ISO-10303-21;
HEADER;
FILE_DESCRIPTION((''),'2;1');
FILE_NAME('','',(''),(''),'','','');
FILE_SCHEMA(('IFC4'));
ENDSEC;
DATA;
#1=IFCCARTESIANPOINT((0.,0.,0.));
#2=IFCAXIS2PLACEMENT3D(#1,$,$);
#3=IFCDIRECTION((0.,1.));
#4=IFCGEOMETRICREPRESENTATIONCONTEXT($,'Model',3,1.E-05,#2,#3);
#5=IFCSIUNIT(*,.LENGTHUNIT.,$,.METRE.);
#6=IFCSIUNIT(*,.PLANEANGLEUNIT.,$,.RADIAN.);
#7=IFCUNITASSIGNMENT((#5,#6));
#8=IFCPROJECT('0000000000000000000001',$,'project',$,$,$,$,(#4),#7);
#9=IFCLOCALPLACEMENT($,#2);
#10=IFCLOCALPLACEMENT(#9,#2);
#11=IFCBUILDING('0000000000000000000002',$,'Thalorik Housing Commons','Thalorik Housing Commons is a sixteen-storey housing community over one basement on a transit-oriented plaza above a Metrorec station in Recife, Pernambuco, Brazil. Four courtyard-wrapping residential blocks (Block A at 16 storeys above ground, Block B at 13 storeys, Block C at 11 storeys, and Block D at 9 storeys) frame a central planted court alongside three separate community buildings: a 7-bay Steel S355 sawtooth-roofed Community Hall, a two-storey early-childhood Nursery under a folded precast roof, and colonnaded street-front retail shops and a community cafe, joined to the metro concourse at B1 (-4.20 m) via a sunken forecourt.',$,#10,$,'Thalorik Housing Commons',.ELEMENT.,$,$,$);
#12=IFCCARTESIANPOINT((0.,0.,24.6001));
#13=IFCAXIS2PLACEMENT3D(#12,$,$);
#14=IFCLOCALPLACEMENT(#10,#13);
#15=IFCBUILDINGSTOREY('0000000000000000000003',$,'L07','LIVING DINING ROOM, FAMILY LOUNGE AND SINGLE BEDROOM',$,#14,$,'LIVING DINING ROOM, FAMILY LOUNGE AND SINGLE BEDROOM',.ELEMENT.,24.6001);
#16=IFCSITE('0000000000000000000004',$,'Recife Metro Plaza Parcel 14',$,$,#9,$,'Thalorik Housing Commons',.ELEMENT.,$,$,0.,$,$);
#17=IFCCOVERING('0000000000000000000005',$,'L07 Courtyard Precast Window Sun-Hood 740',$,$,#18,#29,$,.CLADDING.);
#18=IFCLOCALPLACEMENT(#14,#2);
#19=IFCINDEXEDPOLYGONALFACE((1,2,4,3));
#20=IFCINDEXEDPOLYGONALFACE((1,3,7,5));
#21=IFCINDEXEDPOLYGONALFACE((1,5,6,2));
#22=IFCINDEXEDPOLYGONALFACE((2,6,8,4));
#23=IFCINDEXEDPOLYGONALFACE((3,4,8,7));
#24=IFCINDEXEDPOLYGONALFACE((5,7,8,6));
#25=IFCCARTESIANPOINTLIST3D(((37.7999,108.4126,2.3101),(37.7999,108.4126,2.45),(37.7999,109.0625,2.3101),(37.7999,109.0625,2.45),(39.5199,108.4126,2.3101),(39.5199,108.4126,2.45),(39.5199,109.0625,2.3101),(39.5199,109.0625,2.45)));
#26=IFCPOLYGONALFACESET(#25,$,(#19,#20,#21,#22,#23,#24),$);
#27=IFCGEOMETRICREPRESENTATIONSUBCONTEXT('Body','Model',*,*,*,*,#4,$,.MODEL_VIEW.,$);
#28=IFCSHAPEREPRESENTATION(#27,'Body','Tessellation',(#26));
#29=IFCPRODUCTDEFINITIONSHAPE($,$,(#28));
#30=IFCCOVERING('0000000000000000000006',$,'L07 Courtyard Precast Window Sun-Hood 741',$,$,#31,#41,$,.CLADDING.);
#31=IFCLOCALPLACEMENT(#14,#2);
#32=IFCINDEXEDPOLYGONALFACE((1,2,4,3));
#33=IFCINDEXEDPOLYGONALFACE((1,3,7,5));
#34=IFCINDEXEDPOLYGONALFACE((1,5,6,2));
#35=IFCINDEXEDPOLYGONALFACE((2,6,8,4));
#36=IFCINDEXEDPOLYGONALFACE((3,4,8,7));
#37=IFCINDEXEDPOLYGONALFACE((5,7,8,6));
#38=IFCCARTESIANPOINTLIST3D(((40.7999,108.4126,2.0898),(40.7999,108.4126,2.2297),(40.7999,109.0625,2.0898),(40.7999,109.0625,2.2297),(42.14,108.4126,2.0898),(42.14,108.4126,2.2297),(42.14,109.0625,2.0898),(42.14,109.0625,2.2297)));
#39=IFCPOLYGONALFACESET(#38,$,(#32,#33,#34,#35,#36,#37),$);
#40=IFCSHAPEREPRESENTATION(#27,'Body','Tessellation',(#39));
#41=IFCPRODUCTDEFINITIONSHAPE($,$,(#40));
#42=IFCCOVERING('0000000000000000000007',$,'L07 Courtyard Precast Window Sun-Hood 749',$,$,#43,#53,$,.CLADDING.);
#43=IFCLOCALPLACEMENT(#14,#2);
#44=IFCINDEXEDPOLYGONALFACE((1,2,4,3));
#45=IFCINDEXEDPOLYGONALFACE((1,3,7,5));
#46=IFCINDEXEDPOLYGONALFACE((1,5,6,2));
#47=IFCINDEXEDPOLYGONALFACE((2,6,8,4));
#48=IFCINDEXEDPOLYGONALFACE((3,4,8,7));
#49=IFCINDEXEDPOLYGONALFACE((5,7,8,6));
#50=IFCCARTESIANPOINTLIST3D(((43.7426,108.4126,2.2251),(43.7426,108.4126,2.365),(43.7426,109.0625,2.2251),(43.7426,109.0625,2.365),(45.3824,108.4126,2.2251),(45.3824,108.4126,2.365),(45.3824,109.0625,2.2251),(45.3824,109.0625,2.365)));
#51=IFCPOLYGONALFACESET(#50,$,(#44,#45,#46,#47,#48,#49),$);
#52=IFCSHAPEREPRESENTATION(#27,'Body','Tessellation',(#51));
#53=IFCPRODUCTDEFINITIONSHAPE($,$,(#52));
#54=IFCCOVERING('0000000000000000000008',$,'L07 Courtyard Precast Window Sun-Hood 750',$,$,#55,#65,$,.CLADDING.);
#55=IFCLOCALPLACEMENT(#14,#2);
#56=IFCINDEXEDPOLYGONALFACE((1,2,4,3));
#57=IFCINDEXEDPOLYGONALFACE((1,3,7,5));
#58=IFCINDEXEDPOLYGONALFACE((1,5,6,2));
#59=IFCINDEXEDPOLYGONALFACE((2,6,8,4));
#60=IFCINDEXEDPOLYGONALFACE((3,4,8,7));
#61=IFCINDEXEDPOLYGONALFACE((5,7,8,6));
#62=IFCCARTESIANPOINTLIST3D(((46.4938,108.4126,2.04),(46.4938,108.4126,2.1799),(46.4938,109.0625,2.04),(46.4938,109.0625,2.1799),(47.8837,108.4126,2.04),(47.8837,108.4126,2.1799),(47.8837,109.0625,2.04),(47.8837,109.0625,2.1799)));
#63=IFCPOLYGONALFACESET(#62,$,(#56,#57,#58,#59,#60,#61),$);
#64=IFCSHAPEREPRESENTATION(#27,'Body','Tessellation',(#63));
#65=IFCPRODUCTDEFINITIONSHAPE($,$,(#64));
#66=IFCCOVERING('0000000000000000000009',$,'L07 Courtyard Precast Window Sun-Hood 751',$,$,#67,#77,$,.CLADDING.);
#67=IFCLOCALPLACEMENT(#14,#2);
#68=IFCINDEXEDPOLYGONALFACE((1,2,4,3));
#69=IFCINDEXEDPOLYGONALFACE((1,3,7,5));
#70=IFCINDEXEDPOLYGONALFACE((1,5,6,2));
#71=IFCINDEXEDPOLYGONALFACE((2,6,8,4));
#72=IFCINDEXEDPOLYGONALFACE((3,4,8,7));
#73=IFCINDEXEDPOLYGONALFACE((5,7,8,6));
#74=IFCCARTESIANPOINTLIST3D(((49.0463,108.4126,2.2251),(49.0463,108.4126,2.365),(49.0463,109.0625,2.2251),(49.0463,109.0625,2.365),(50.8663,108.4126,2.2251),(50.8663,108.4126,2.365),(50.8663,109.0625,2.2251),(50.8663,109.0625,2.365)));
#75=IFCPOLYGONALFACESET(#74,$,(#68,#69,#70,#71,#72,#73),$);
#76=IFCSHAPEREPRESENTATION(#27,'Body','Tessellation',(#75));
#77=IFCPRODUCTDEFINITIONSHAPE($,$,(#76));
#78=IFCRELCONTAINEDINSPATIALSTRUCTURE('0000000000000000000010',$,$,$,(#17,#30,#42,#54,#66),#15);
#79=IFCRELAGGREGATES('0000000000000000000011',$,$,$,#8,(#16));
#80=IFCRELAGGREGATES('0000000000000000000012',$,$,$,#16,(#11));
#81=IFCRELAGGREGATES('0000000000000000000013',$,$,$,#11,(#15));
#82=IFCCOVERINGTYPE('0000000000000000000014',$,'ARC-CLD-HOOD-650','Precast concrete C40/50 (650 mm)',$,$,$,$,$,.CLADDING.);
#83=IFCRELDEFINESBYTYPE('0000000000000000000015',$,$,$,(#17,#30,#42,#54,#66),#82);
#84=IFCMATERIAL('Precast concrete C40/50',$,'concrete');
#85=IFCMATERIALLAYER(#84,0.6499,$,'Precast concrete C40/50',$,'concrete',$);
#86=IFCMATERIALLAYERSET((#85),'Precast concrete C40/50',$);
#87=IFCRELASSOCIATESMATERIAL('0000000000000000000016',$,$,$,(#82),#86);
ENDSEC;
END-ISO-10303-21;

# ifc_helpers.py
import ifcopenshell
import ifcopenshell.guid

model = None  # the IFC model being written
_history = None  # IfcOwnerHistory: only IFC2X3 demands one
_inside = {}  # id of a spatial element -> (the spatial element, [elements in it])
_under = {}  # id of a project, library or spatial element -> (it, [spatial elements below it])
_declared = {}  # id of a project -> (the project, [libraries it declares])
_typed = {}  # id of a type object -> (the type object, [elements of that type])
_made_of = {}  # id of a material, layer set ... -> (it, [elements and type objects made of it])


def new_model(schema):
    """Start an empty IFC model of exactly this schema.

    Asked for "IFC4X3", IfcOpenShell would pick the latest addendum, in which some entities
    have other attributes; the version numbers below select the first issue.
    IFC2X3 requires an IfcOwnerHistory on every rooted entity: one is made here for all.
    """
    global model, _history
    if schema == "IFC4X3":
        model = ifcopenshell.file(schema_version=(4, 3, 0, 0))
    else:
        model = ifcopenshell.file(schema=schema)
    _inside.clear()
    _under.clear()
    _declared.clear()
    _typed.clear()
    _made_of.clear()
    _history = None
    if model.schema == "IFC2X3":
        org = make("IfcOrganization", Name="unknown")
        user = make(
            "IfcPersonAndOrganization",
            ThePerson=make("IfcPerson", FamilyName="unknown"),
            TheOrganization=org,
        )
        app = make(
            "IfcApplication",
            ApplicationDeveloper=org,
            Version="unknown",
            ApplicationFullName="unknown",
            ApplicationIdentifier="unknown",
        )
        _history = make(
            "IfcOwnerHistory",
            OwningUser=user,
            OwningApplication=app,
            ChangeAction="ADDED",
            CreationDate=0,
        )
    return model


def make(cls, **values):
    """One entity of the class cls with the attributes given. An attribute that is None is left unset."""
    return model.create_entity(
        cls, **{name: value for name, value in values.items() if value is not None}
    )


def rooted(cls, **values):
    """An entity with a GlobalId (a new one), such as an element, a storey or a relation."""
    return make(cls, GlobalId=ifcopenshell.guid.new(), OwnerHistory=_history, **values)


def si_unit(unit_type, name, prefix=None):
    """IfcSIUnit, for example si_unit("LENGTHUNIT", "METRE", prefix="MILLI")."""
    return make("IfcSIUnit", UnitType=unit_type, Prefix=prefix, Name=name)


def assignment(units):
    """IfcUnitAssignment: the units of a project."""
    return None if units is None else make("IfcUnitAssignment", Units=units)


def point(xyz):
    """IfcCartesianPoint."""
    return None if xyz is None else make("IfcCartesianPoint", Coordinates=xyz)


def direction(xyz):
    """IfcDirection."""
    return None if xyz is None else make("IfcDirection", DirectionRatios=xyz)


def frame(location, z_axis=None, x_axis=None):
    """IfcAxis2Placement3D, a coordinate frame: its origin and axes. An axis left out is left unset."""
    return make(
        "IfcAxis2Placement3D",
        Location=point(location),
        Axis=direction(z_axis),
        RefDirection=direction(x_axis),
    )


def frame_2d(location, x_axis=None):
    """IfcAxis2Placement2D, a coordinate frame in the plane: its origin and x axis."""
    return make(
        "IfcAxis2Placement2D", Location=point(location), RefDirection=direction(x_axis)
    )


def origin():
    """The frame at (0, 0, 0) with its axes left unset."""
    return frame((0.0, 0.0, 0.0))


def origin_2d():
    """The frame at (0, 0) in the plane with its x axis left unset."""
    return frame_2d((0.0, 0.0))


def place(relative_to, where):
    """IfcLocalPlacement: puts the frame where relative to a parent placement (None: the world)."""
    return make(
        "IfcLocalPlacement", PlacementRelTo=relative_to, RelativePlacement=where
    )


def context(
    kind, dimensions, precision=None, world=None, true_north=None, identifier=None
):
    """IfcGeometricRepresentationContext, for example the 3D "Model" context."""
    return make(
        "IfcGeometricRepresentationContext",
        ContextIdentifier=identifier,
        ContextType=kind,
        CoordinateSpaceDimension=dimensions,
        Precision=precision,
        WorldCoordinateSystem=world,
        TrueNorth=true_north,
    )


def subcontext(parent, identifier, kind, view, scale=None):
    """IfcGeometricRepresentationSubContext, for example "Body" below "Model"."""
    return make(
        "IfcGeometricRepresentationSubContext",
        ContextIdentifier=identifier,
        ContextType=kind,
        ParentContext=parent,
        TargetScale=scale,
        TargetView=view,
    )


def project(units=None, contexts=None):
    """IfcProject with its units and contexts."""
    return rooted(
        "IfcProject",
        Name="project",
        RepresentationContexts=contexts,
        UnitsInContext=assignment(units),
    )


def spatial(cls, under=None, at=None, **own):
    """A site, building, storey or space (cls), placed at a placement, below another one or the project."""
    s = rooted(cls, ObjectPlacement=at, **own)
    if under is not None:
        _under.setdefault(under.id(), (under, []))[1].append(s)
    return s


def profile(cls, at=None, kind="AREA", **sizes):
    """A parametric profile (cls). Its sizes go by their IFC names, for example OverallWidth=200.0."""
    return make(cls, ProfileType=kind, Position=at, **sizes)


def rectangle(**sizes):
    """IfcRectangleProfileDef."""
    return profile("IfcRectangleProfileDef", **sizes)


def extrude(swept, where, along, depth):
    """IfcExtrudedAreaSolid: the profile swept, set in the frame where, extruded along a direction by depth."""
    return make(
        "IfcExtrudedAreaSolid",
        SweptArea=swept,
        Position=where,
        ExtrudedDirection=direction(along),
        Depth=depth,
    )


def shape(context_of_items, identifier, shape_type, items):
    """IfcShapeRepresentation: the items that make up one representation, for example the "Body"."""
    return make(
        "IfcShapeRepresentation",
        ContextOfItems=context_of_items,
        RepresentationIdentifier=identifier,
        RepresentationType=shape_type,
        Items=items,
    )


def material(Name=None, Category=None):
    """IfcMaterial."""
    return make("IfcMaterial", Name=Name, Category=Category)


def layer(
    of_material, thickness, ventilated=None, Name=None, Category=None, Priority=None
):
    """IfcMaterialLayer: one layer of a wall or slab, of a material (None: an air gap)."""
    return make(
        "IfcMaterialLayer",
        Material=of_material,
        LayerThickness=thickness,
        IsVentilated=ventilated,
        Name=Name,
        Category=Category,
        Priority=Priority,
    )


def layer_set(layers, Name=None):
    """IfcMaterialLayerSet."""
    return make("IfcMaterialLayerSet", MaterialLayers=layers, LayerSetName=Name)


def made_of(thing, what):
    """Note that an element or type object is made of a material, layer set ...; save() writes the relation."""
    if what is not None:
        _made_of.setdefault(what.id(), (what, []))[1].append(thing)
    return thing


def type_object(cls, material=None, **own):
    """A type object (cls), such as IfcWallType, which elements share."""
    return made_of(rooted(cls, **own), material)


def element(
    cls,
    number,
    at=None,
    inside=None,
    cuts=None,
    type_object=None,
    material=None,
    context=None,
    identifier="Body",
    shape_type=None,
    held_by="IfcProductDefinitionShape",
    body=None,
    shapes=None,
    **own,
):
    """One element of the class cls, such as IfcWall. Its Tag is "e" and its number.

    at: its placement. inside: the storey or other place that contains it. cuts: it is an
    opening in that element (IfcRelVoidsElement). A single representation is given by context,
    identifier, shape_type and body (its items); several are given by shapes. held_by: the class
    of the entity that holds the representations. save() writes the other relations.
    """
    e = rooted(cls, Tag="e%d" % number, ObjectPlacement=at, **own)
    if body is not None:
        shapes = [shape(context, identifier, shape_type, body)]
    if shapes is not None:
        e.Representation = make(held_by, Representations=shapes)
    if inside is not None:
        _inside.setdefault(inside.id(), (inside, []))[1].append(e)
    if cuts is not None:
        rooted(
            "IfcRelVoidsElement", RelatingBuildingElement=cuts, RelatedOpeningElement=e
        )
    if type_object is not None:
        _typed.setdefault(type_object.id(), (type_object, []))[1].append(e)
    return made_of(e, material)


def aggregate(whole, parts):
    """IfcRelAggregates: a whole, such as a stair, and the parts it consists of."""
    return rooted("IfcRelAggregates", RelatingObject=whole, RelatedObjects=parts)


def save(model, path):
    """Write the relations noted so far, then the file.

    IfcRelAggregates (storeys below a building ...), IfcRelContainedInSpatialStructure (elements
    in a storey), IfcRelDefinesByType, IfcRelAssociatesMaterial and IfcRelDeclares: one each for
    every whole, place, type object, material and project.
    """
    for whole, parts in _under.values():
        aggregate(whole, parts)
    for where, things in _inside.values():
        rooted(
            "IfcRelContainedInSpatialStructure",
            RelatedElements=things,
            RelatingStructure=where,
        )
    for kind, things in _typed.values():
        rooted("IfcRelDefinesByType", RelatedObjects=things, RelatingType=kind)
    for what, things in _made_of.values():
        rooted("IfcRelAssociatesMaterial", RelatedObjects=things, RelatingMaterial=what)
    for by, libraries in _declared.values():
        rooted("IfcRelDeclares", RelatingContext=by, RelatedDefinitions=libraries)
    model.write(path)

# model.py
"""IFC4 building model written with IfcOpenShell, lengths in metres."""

from ifc_helpers import new_model, si_unit, direction, frame, origin, origin_2d, place, context, subcontext, project, spatial, rectangle, extrude, material, layer, layer_set, type_object, element, save


model = new_model("IFC4")

# Units and contexts
model_context = context("Model", 3, precision=1e-05, world=origin(), true_north=direction((0.0, 1.0)))
body_context = subcontext(model_context, "Body", "Model", "MODEL_VIEW")
ifc_project = project(units=[si_unit("LENGTHUNIT", "METRE"), si_unit("PLANEANGLEUNIT", "RADIAN")], contexts=[model_context])

# Site, building, storey
site_placement = place(None, origin())
site = spatial("IfcSite", under=ifc_project, at=site_placement, Name="Recife Metro Plaza Parcel 14", LongName="Thalorik Housing Commons", CompositionType="ELEMENT", RefElevation=0.0)
building_placement = place(site_placement, origin())
building = spatial("IfcBuilding", under=site, at=building_placement, Name="Thalorik Housing Commons", Description="Thalorik Housing Commons is a sixteen-storey housing community over one basement on a transit-oriented plaza above a Metrorec station in Recife, Pernambuco, Brazil. Four courtyard-wrapping residential blocks (Block A at 16 storeys above ground, Block B at 13 storeys, Block C at 11 storeys, and Block D at 9 storeys) frame a central planted court alongside three separate community buildings: a 7-bay Steel S355 sawtooth-roofed Community Hall, a two-storey early-childhood Nursery under a folded precast roof, and colonnaded street-front retail shops and a community cafe, joined to the metro concourse at B1 (-4.20 m) via a sunken forecourt.", LongName="Thalorik Housing Commons", CompositionType="ELEMENT")
storey_placement = place(building_placement, frame((0.0, 0.0, 24.6001)))
storey = spatial("IfcBuildingStorey", under=building, at=storey_placement, Name="L07", Description="LIVING DINING ROOM, FAMILY LOUNGE AND SINGLE BEDROOM", LongName="LIVING DINING ROOM, FAMILY LOUNGE AND SINGLE BEDROOM", CompositionType="ELEMENT", Elevation=24.6001)

# Coverings
ifc_material = material(Name="Precast concrete C40/50", Category="concrete")
ifc_layer_1 = layer(ifc_material, 0.6499, Name="Precast concrete C40/50", Category="concrete")
ifc_layer_set_1 = layer_set([ifc_layer_1], Name="Precast concrete C40/50")
covering_type_1 = type_object("IfcCoveringType", Name="ARC-CLD-HOOD-650", Description="Precast concrete C40/50 (650 mm)", PredefinedType="CLADDING", material=ifc_layer_set_1)
covering_1_placement = place(storey_placement, frame((38.6599, 108.7375, 2.3101), z_axis=(0.0, 0.0, 1.0), x_axis=(1.0, 0.0, 0.0)))
element("IfcCovering", 1, at=covering_1_placement, inside=storey, type_object=covering_type_1, Name="L07 Courtyard Precast Window Sun-Hood 740", PredefinedType="CLADDING", context=body_context, shape_type="SweptSolid", body=[
    extrude(rectangle(XDim=1.72, YDim=0.6499, at=origin_2d()), origin(), (0.0, 0.0, 1.0), 0.1399),
])
covering_2_placement = place(storey_placement, frame((41.47, 108.7375, 2.0898), z_axis=(0.0, 0.0, 1.0), x_axis=(1.0, 0.0, 0.0)))
element("IfcCovering", 2, at=covering_2_placement, inside=storey, type_object=covering_type_1, Name="L07 Courtyard Precast Window Sun-Hood 741", PredefinedType="CLADDING", context=body_context, shape_type="SweptSolid", body=[
    extrude(rectangle(XDim=1.3401, YDim=0.6499, at=origin_2d()), origin(), (0.0, 0.0, 1.0), 0.1399),
])
covering_3_placement = place(storey_placement, frame((44.5625, 108.7375, 2.2251), z_axis=(0.0, 0.0, 1.0), x_axis=(1.0, 0.0, 0.0)))
element("IfcCovering", 3, at=covering_3_placement, inside=storey, type_object=covering_type_1, Name="L07 Courtyard Precast Window Sun-Hood 749", PredefinedType="CLADDING", context=body_context, shape_type="SweptSolid", body=[
    extrude(rectangle(XDim=1.6399, YDim=0.6499, at=origin_2d()), origin(), (0.0, 0.0, 1.0), 0.1399),
])
covering_4_placement = place(storey_placement, frame((47.1887, 108.7375, 2.04), z_axis=(0.0, 0.0, 1.0), x_axis=(1.0, 0.0, 0.0)))
element("IfcCovering", 4, at=covering_4_placement, inside=storey, type_object=covering_type_1, Name="L07 Courtyard Precast Window Sun-Hood 750", PredefinedType="CLADDING", context=body_context, shape_type="SweptSolid", body=[
    extrude(rectangle(XDim=1.3899, YDim=0.6499, at=origin_2d()), origin(), (0.0, 0.0, 1.0), 0.1399),
])
covering_5_placement = place(storey_placement, frame((49.9563, 108.7375, 2.2251), z_axis=(0.0, 0.0, 1.0), x_axis=(1.0, 0.0, 0.0)))
element("IfcCovering", 5, at=covering_5_placement, inside=storey, type_object=covering_type_1, Name="L07 Courtyard Precast Window Sun-Hood 751", PredefinedType="CLADDING", context=body_context, shape_type="SweptSolid", body=[
    extrude(rectangle(XDim=1.8201, YDim=0.6499, at=origin_2d()), origin(), (0.0, 0.0, 1.0), 0.1399),
])

save(model, "model.ifc")
